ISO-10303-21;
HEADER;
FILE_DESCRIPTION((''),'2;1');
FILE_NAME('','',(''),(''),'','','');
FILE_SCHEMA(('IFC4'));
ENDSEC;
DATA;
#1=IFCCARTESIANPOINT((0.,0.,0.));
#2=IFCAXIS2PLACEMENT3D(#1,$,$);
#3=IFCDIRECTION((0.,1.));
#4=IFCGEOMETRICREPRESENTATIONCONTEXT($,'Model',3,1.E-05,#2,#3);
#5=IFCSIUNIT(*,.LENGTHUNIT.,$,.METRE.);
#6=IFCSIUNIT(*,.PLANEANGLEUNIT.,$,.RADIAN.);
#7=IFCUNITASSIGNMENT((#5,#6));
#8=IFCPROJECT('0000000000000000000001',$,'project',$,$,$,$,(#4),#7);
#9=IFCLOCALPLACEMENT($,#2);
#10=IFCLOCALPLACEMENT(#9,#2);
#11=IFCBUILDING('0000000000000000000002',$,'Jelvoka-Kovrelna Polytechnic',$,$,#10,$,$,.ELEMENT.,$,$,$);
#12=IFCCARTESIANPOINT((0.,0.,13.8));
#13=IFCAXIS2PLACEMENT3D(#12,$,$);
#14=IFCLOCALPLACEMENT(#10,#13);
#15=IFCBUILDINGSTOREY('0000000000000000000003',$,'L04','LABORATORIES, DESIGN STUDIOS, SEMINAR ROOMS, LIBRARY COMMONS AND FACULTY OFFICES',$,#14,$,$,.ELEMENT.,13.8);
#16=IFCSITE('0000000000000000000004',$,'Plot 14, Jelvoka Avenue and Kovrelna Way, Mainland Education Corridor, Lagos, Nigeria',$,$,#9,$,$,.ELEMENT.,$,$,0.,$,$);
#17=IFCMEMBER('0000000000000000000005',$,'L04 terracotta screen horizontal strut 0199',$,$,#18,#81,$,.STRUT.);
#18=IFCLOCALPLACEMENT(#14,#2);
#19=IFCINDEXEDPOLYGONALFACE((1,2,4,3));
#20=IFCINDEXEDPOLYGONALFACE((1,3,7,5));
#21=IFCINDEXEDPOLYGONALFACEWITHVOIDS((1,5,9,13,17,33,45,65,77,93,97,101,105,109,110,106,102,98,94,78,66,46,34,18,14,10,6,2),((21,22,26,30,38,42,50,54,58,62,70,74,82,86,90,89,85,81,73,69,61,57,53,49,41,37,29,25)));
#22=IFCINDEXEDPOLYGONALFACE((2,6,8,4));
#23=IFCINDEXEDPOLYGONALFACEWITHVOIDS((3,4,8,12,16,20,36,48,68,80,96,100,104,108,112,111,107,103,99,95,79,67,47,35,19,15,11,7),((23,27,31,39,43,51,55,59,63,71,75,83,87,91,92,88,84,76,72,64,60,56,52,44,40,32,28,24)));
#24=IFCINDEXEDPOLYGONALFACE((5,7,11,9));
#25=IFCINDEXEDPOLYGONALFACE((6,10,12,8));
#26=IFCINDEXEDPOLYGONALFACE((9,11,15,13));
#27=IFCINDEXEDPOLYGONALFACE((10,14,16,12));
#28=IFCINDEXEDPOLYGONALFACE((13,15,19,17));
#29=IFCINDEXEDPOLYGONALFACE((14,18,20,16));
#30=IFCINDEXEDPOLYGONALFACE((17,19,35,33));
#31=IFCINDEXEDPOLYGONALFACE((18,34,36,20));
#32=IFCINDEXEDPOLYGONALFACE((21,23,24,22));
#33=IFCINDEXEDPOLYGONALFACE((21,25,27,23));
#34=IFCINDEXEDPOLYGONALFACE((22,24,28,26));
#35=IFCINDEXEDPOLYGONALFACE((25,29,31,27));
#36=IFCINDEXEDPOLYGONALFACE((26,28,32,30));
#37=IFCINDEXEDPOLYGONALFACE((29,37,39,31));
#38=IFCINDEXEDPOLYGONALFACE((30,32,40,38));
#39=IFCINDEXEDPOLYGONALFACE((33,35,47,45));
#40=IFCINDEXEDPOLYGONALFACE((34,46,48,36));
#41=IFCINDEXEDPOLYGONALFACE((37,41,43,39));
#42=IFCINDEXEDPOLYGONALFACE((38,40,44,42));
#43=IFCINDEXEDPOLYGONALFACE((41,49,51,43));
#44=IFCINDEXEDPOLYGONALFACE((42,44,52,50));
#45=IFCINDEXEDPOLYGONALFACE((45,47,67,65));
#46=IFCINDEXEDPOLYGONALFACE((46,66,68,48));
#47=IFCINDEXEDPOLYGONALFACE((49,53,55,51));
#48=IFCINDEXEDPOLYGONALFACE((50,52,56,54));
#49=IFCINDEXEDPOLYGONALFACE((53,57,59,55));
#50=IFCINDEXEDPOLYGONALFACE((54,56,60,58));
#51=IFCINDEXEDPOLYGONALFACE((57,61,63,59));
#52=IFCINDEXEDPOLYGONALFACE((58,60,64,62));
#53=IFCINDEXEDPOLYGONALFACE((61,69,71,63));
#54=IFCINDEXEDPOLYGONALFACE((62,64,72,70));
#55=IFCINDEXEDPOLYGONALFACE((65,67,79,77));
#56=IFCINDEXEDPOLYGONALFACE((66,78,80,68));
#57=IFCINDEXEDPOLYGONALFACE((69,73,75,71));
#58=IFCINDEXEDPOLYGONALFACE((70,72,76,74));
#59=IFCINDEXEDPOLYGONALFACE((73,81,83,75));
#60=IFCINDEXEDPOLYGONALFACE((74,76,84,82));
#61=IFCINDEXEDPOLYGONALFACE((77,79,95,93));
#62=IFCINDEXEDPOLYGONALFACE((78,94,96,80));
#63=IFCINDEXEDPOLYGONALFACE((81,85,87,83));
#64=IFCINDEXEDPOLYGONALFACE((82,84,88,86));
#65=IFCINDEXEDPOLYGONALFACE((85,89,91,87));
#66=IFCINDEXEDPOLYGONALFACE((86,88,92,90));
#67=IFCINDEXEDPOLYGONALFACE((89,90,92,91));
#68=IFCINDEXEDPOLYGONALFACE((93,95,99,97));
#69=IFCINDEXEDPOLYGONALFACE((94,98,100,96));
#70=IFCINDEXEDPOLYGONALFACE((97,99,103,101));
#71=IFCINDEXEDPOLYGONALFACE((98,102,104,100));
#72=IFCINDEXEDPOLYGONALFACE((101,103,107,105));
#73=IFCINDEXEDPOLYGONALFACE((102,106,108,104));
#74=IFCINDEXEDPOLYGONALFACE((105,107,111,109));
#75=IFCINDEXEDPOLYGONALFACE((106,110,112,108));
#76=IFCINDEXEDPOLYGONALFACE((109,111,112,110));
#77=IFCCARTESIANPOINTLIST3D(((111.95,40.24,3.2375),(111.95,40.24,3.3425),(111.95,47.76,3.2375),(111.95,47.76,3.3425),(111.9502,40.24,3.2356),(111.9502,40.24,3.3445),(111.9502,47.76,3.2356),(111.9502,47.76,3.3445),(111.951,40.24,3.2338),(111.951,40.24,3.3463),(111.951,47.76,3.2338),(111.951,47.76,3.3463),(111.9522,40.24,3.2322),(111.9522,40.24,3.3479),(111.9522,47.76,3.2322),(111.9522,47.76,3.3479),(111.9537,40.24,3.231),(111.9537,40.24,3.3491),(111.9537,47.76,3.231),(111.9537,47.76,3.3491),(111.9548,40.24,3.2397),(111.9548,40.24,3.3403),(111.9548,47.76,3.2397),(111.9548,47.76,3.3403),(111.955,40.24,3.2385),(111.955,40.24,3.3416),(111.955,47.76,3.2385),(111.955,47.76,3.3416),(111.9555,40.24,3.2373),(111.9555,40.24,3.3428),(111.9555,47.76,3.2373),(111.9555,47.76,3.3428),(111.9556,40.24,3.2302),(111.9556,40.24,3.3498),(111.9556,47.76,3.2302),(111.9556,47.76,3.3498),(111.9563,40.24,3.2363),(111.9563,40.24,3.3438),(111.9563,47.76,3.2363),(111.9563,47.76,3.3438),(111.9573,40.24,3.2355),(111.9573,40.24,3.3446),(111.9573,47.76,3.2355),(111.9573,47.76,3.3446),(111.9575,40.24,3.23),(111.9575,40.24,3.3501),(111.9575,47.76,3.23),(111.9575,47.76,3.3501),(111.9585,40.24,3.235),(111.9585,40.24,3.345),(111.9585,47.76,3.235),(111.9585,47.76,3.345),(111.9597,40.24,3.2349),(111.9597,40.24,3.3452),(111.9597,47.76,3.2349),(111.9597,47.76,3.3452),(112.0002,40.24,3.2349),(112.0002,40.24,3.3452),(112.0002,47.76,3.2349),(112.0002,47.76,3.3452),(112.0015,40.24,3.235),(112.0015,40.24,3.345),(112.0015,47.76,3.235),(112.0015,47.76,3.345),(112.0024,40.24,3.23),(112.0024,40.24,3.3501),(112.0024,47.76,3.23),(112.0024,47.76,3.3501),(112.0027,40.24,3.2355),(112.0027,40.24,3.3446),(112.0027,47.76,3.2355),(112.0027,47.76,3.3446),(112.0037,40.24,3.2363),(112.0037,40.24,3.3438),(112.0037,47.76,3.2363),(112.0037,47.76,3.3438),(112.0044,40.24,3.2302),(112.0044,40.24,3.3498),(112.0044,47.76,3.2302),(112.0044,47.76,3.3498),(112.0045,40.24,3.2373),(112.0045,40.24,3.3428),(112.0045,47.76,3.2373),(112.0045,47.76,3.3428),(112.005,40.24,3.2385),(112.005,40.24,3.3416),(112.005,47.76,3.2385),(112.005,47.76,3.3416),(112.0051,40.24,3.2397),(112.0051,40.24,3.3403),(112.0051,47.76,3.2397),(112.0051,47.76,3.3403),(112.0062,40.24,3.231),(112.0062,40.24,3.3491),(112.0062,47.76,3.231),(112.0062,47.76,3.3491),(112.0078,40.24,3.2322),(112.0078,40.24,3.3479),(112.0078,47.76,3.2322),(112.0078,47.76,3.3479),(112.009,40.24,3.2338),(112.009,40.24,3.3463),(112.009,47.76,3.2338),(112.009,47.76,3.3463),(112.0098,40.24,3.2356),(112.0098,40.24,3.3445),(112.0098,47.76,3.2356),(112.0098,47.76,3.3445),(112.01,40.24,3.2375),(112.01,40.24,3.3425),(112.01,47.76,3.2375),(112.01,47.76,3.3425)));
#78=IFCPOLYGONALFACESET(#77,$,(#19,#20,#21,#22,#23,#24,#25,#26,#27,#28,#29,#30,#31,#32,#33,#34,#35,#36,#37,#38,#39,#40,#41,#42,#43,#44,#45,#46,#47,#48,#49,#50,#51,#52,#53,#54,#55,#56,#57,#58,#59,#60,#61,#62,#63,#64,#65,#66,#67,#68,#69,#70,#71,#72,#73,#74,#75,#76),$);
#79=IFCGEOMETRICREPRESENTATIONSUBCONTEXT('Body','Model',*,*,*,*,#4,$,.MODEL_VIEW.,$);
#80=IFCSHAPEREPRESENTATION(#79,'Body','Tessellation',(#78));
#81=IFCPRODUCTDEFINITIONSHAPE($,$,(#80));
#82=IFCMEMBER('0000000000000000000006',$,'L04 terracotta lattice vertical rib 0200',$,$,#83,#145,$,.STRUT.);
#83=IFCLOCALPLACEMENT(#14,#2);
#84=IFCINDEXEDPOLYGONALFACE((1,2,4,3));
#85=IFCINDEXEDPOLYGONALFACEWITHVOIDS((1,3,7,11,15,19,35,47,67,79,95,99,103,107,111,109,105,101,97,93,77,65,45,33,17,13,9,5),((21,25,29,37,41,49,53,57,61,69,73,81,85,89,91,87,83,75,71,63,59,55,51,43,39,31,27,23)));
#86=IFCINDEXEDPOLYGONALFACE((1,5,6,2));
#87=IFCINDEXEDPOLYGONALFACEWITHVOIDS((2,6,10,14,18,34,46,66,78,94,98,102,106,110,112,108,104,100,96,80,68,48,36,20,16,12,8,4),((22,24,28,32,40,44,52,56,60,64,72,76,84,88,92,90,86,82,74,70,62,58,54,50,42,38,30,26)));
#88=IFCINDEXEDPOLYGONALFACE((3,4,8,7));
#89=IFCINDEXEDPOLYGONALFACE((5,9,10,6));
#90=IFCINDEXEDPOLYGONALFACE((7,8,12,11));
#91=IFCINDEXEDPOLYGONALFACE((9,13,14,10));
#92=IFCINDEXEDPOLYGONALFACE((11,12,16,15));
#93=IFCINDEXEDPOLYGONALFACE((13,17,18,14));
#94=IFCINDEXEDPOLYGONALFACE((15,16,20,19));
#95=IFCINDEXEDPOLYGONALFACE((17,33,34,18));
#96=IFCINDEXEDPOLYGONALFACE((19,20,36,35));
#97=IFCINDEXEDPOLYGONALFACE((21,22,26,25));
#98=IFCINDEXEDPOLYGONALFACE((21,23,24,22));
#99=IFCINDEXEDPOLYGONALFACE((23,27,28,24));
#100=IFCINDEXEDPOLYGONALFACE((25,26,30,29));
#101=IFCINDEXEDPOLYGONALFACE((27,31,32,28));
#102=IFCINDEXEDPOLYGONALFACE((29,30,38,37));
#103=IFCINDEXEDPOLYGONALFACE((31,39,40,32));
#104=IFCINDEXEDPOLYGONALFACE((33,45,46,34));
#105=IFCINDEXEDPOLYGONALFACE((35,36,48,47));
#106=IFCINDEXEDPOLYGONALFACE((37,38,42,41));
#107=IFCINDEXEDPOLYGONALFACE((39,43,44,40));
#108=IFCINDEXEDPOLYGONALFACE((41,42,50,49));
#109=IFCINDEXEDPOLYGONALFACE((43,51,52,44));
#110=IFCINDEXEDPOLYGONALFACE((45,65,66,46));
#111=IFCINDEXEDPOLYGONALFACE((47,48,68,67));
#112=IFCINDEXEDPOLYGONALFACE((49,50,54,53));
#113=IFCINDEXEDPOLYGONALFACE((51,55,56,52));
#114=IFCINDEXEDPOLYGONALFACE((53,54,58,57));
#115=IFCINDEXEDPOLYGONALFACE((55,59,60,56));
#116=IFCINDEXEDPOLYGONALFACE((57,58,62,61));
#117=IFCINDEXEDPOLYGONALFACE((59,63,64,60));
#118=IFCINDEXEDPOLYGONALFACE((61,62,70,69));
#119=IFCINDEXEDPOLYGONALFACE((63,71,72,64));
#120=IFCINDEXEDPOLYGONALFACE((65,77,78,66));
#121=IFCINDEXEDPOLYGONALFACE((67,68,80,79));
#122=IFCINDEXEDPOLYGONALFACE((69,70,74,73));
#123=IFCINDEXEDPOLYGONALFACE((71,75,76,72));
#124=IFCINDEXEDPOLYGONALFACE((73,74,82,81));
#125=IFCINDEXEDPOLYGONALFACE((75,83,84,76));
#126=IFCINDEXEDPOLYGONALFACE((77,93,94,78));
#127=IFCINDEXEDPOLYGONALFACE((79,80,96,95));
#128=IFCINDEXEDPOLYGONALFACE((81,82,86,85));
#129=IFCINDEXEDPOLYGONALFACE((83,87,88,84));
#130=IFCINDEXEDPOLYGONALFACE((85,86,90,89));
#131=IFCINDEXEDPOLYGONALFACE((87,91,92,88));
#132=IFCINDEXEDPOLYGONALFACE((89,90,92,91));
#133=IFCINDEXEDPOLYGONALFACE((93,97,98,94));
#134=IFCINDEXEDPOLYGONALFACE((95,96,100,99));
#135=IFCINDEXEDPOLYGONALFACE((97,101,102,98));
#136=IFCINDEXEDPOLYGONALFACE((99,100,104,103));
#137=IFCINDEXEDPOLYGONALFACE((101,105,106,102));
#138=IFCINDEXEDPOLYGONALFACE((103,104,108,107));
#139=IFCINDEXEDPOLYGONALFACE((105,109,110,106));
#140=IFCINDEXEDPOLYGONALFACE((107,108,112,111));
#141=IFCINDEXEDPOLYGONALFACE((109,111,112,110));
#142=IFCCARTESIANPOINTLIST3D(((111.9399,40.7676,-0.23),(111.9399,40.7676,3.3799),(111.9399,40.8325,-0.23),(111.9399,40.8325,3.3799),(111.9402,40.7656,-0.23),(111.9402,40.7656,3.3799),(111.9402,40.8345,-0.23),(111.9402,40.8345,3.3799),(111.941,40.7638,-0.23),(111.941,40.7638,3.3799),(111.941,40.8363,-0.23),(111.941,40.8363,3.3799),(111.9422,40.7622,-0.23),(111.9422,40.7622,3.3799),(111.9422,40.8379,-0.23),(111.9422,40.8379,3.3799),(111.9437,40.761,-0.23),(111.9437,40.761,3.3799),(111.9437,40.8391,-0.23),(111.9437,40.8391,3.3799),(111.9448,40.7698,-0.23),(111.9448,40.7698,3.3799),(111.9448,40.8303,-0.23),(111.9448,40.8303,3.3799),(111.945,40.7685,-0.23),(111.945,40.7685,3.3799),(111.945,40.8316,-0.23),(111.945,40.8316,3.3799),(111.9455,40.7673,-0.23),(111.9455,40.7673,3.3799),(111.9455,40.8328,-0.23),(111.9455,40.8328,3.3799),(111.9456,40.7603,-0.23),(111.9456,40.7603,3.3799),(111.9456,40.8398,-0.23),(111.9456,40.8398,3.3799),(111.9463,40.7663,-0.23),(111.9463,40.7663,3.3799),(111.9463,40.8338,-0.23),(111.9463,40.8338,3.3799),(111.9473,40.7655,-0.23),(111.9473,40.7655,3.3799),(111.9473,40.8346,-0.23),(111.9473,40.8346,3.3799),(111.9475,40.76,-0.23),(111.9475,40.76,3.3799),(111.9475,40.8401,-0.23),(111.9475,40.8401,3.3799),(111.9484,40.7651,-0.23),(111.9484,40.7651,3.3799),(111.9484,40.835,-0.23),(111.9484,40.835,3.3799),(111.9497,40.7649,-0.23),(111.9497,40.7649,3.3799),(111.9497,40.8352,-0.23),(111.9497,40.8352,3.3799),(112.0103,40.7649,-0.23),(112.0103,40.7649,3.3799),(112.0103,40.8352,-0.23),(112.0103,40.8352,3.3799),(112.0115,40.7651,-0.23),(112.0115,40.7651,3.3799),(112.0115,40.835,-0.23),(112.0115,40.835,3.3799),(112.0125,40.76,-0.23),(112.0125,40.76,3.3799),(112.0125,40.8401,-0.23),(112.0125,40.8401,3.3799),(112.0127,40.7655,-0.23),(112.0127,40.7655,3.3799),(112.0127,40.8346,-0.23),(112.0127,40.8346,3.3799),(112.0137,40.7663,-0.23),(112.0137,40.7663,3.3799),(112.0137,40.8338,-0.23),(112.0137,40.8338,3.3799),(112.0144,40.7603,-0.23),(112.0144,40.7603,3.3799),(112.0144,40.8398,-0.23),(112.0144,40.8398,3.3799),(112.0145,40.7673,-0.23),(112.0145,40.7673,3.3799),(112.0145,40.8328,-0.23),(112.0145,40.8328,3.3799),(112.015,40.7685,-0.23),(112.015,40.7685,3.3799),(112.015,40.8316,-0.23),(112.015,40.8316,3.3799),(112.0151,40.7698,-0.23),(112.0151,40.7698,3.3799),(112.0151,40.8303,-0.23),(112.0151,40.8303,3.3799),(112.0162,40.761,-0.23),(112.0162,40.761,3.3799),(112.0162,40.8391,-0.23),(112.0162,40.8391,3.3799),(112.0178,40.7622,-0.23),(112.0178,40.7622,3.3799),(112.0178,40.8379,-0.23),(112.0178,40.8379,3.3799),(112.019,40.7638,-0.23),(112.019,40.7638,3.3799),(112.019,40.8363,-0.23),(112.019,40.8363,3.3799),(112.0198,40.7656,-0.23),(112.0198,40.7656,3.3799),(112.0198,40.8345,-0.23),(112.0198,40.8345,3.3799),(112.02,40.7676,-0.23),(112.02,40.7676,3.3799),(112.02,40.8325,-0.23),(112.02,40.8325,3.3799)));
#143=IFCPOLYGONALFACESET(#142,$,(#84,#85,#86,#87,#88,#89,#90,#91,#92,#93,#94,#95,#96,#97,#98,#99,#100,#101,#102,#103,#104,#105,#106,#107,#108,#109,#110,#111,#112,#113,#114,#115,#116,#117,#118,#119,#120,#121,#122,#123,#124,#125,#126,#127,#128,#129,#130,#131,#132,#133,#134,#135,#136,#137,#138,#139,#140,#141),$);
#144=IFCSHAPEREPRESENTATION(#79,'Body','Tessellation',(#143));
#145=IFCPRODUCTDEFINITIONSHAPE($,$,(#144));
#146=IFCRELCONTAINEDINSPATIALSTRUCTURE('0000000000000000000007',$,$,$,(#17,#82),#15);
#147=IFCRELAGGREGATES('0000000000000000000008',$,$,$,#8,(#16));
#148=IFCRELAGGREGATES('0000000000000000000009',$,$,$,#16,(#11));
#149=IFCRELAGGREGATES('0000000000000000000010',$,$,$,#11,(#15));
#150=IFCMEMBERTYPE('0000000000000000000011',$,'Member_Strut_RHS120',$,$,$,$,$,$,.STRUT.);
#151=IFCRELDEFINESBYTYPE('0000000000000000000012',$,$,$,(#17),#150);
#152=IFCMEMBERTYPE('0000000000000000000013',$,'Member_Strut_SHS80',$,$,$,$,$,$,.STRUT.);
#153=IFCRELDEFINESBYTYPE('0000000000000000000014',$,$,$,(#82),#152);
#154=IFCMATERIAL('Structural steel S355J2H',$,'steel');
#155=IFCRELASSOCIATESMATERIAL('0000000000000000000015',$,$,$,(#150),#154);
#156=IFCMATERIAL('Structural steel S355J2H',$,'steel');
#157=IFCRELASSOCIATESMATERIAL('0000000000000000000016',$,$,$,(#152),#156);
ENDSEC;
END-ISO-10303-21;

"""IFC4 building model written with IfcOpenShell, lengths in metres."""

from ifc_helpers import new_model, si_unit, direction, frame, origin, origin_2d, place, context, subcontext, project, spatial, hollow_rectangle, extrude, material, material_profile, profile_set, type_object, element, save


model = new_model("IFC4")

# Units and contexts
model_context = context("Model", 3, precision=1e-05, world=origin(), true_north=direction((0.0, 1.0)))
body_context = subcontext(model_context, "Body", "Model", "MODEL_VIEW")
ifc_project = project(units=[si_unit("LENGTHUNIT", "METRE"), si_unit("PLANEANGLEUNIT", "RADIAN")], contexts=[model_context])

# Site, building, storey
site_placement = place(None, origin())
site = spatial("IfcSite", under=ifc_project, at=site_placement, Name="Plot 14, Jelvoka Avenue and Kovrelna Way, Mainland Education Corridor, Lagos, Nigeria", CompositionType="ELEMENT", RefElevation=0.0)
building_placement = place(site_placement, origin())
building = spatial("IfcBuilding", under=site, at=building_placement, Name="Jelvoka-Kovrelna Polytechnic", CompositionType="ELEMENT")
storey_placement = place(building_placement, frame((0.0, 0.0, 13.8)))
storey = spatial("IfcBuildingStorey", under=building, at=storey_placement, Name="L04", Description="LABORATORIES, DESIGN STUDIOS, SEMINAR ROOMS, LIBRARY COMMONS AND FACULTY OFFICES", CompositionType="ELEMENT", Elevation=13.8)

# Members
ifc_material_1 = material(Name="Structural steel S355J2H", Category="steel")
ifc_material_profile_1 = material_profile(ifc_material_1, hollow_rectangle(XDim=0.0601, YDim=0.1201, WallThickness=0.0049, InnerFilletRadius=0.0049, OuterFilletRadius=0.0076, at=origin_2d()), Name="120x60x5.0 RHS")
ifc_profile_set_1 = profile_set([ifc_material_profile_1], Name="Structural steel S355J2H")
member_type_1 = type_object("IfcMemberType", Name="Member_Strut_RHS120", PredefinedType="STRUT", material=ifc_profile_set_1)
for number, where, z_axis, x_axis, name in (
    (1, (111.98, 40.24, 3.29), (0.0, 1.0, 0.0), (-1.0, 0.0, 0.0), "L04 terracotta screen horizontal strut 0199"),
):
    element("IfcMember", number, at=place(storey_placement, frame(where, z_axis=z_axis, x_axis=x_axis)), inside=storey, type_object=member_type_1, Name=name, PredefinedType="STRUT", context=body_context, shape_type="SweptSolid", body=[
        extrude(hollow_rectangle(XDim=0.0601, YDim=0.1201, WallThickness=0.0049, InnerFilletRadius=0.0049, OuterFilletRadius=0.0076, at=origin_2d()), origin(), (0.0, 0.0, 1.0), 7.52),
    ])
ifc_material_2 = material(Name="Structural steel S355J2H", Category="steel")
ifc_material_profile_2 = material_profile(ifc_material_2, hollow_rectangle(XDim=0.0801, YDim=0.0801, WallThickness=0.0049, InnerFilletRadius=0.0049, OuterFilletRadius=0.0076, at=origin_2d()), Name="80x80x5.0 SHS")
ifc_profile_set_2 = profile_set([ifc_material_profile_2], Name="Structural steel S355J2H")
member_type_2 = type_object("IfcMemberType", Name="Member_Strut_SHS80", PredefinedType="STRUT", material=ifc_profile_set_2)
for number, where, z_axis, x_axis, name in (
    (2, (111.98, 40.8, -0.23), (0.0, 0.0, 1.0), (1.0, 0.0, 0.0), "L04 terracotta lattice vertical rib 0200"),
):
    element("IfcMember", number, at=place(storey_placement, frame(where, z_axis=z_axis, x_axis=x_axis)), inside=storey, type_object=member_type_2, Name=name, PredefinedType="STRUT", context=body_context, shape_type="SweptSolid", body=[
        extrude(hollow_rectangle(XDim=0.0801, YDim=0.0801, WallThickness=0.0049, InnerFilletRadius=0.0049, OuterFilletRadius=0.0076, at=origin_2d()), origin(), (0.0, 0.0, 1.0), 3.6099),
    ])

save(model, "model.ifc")
